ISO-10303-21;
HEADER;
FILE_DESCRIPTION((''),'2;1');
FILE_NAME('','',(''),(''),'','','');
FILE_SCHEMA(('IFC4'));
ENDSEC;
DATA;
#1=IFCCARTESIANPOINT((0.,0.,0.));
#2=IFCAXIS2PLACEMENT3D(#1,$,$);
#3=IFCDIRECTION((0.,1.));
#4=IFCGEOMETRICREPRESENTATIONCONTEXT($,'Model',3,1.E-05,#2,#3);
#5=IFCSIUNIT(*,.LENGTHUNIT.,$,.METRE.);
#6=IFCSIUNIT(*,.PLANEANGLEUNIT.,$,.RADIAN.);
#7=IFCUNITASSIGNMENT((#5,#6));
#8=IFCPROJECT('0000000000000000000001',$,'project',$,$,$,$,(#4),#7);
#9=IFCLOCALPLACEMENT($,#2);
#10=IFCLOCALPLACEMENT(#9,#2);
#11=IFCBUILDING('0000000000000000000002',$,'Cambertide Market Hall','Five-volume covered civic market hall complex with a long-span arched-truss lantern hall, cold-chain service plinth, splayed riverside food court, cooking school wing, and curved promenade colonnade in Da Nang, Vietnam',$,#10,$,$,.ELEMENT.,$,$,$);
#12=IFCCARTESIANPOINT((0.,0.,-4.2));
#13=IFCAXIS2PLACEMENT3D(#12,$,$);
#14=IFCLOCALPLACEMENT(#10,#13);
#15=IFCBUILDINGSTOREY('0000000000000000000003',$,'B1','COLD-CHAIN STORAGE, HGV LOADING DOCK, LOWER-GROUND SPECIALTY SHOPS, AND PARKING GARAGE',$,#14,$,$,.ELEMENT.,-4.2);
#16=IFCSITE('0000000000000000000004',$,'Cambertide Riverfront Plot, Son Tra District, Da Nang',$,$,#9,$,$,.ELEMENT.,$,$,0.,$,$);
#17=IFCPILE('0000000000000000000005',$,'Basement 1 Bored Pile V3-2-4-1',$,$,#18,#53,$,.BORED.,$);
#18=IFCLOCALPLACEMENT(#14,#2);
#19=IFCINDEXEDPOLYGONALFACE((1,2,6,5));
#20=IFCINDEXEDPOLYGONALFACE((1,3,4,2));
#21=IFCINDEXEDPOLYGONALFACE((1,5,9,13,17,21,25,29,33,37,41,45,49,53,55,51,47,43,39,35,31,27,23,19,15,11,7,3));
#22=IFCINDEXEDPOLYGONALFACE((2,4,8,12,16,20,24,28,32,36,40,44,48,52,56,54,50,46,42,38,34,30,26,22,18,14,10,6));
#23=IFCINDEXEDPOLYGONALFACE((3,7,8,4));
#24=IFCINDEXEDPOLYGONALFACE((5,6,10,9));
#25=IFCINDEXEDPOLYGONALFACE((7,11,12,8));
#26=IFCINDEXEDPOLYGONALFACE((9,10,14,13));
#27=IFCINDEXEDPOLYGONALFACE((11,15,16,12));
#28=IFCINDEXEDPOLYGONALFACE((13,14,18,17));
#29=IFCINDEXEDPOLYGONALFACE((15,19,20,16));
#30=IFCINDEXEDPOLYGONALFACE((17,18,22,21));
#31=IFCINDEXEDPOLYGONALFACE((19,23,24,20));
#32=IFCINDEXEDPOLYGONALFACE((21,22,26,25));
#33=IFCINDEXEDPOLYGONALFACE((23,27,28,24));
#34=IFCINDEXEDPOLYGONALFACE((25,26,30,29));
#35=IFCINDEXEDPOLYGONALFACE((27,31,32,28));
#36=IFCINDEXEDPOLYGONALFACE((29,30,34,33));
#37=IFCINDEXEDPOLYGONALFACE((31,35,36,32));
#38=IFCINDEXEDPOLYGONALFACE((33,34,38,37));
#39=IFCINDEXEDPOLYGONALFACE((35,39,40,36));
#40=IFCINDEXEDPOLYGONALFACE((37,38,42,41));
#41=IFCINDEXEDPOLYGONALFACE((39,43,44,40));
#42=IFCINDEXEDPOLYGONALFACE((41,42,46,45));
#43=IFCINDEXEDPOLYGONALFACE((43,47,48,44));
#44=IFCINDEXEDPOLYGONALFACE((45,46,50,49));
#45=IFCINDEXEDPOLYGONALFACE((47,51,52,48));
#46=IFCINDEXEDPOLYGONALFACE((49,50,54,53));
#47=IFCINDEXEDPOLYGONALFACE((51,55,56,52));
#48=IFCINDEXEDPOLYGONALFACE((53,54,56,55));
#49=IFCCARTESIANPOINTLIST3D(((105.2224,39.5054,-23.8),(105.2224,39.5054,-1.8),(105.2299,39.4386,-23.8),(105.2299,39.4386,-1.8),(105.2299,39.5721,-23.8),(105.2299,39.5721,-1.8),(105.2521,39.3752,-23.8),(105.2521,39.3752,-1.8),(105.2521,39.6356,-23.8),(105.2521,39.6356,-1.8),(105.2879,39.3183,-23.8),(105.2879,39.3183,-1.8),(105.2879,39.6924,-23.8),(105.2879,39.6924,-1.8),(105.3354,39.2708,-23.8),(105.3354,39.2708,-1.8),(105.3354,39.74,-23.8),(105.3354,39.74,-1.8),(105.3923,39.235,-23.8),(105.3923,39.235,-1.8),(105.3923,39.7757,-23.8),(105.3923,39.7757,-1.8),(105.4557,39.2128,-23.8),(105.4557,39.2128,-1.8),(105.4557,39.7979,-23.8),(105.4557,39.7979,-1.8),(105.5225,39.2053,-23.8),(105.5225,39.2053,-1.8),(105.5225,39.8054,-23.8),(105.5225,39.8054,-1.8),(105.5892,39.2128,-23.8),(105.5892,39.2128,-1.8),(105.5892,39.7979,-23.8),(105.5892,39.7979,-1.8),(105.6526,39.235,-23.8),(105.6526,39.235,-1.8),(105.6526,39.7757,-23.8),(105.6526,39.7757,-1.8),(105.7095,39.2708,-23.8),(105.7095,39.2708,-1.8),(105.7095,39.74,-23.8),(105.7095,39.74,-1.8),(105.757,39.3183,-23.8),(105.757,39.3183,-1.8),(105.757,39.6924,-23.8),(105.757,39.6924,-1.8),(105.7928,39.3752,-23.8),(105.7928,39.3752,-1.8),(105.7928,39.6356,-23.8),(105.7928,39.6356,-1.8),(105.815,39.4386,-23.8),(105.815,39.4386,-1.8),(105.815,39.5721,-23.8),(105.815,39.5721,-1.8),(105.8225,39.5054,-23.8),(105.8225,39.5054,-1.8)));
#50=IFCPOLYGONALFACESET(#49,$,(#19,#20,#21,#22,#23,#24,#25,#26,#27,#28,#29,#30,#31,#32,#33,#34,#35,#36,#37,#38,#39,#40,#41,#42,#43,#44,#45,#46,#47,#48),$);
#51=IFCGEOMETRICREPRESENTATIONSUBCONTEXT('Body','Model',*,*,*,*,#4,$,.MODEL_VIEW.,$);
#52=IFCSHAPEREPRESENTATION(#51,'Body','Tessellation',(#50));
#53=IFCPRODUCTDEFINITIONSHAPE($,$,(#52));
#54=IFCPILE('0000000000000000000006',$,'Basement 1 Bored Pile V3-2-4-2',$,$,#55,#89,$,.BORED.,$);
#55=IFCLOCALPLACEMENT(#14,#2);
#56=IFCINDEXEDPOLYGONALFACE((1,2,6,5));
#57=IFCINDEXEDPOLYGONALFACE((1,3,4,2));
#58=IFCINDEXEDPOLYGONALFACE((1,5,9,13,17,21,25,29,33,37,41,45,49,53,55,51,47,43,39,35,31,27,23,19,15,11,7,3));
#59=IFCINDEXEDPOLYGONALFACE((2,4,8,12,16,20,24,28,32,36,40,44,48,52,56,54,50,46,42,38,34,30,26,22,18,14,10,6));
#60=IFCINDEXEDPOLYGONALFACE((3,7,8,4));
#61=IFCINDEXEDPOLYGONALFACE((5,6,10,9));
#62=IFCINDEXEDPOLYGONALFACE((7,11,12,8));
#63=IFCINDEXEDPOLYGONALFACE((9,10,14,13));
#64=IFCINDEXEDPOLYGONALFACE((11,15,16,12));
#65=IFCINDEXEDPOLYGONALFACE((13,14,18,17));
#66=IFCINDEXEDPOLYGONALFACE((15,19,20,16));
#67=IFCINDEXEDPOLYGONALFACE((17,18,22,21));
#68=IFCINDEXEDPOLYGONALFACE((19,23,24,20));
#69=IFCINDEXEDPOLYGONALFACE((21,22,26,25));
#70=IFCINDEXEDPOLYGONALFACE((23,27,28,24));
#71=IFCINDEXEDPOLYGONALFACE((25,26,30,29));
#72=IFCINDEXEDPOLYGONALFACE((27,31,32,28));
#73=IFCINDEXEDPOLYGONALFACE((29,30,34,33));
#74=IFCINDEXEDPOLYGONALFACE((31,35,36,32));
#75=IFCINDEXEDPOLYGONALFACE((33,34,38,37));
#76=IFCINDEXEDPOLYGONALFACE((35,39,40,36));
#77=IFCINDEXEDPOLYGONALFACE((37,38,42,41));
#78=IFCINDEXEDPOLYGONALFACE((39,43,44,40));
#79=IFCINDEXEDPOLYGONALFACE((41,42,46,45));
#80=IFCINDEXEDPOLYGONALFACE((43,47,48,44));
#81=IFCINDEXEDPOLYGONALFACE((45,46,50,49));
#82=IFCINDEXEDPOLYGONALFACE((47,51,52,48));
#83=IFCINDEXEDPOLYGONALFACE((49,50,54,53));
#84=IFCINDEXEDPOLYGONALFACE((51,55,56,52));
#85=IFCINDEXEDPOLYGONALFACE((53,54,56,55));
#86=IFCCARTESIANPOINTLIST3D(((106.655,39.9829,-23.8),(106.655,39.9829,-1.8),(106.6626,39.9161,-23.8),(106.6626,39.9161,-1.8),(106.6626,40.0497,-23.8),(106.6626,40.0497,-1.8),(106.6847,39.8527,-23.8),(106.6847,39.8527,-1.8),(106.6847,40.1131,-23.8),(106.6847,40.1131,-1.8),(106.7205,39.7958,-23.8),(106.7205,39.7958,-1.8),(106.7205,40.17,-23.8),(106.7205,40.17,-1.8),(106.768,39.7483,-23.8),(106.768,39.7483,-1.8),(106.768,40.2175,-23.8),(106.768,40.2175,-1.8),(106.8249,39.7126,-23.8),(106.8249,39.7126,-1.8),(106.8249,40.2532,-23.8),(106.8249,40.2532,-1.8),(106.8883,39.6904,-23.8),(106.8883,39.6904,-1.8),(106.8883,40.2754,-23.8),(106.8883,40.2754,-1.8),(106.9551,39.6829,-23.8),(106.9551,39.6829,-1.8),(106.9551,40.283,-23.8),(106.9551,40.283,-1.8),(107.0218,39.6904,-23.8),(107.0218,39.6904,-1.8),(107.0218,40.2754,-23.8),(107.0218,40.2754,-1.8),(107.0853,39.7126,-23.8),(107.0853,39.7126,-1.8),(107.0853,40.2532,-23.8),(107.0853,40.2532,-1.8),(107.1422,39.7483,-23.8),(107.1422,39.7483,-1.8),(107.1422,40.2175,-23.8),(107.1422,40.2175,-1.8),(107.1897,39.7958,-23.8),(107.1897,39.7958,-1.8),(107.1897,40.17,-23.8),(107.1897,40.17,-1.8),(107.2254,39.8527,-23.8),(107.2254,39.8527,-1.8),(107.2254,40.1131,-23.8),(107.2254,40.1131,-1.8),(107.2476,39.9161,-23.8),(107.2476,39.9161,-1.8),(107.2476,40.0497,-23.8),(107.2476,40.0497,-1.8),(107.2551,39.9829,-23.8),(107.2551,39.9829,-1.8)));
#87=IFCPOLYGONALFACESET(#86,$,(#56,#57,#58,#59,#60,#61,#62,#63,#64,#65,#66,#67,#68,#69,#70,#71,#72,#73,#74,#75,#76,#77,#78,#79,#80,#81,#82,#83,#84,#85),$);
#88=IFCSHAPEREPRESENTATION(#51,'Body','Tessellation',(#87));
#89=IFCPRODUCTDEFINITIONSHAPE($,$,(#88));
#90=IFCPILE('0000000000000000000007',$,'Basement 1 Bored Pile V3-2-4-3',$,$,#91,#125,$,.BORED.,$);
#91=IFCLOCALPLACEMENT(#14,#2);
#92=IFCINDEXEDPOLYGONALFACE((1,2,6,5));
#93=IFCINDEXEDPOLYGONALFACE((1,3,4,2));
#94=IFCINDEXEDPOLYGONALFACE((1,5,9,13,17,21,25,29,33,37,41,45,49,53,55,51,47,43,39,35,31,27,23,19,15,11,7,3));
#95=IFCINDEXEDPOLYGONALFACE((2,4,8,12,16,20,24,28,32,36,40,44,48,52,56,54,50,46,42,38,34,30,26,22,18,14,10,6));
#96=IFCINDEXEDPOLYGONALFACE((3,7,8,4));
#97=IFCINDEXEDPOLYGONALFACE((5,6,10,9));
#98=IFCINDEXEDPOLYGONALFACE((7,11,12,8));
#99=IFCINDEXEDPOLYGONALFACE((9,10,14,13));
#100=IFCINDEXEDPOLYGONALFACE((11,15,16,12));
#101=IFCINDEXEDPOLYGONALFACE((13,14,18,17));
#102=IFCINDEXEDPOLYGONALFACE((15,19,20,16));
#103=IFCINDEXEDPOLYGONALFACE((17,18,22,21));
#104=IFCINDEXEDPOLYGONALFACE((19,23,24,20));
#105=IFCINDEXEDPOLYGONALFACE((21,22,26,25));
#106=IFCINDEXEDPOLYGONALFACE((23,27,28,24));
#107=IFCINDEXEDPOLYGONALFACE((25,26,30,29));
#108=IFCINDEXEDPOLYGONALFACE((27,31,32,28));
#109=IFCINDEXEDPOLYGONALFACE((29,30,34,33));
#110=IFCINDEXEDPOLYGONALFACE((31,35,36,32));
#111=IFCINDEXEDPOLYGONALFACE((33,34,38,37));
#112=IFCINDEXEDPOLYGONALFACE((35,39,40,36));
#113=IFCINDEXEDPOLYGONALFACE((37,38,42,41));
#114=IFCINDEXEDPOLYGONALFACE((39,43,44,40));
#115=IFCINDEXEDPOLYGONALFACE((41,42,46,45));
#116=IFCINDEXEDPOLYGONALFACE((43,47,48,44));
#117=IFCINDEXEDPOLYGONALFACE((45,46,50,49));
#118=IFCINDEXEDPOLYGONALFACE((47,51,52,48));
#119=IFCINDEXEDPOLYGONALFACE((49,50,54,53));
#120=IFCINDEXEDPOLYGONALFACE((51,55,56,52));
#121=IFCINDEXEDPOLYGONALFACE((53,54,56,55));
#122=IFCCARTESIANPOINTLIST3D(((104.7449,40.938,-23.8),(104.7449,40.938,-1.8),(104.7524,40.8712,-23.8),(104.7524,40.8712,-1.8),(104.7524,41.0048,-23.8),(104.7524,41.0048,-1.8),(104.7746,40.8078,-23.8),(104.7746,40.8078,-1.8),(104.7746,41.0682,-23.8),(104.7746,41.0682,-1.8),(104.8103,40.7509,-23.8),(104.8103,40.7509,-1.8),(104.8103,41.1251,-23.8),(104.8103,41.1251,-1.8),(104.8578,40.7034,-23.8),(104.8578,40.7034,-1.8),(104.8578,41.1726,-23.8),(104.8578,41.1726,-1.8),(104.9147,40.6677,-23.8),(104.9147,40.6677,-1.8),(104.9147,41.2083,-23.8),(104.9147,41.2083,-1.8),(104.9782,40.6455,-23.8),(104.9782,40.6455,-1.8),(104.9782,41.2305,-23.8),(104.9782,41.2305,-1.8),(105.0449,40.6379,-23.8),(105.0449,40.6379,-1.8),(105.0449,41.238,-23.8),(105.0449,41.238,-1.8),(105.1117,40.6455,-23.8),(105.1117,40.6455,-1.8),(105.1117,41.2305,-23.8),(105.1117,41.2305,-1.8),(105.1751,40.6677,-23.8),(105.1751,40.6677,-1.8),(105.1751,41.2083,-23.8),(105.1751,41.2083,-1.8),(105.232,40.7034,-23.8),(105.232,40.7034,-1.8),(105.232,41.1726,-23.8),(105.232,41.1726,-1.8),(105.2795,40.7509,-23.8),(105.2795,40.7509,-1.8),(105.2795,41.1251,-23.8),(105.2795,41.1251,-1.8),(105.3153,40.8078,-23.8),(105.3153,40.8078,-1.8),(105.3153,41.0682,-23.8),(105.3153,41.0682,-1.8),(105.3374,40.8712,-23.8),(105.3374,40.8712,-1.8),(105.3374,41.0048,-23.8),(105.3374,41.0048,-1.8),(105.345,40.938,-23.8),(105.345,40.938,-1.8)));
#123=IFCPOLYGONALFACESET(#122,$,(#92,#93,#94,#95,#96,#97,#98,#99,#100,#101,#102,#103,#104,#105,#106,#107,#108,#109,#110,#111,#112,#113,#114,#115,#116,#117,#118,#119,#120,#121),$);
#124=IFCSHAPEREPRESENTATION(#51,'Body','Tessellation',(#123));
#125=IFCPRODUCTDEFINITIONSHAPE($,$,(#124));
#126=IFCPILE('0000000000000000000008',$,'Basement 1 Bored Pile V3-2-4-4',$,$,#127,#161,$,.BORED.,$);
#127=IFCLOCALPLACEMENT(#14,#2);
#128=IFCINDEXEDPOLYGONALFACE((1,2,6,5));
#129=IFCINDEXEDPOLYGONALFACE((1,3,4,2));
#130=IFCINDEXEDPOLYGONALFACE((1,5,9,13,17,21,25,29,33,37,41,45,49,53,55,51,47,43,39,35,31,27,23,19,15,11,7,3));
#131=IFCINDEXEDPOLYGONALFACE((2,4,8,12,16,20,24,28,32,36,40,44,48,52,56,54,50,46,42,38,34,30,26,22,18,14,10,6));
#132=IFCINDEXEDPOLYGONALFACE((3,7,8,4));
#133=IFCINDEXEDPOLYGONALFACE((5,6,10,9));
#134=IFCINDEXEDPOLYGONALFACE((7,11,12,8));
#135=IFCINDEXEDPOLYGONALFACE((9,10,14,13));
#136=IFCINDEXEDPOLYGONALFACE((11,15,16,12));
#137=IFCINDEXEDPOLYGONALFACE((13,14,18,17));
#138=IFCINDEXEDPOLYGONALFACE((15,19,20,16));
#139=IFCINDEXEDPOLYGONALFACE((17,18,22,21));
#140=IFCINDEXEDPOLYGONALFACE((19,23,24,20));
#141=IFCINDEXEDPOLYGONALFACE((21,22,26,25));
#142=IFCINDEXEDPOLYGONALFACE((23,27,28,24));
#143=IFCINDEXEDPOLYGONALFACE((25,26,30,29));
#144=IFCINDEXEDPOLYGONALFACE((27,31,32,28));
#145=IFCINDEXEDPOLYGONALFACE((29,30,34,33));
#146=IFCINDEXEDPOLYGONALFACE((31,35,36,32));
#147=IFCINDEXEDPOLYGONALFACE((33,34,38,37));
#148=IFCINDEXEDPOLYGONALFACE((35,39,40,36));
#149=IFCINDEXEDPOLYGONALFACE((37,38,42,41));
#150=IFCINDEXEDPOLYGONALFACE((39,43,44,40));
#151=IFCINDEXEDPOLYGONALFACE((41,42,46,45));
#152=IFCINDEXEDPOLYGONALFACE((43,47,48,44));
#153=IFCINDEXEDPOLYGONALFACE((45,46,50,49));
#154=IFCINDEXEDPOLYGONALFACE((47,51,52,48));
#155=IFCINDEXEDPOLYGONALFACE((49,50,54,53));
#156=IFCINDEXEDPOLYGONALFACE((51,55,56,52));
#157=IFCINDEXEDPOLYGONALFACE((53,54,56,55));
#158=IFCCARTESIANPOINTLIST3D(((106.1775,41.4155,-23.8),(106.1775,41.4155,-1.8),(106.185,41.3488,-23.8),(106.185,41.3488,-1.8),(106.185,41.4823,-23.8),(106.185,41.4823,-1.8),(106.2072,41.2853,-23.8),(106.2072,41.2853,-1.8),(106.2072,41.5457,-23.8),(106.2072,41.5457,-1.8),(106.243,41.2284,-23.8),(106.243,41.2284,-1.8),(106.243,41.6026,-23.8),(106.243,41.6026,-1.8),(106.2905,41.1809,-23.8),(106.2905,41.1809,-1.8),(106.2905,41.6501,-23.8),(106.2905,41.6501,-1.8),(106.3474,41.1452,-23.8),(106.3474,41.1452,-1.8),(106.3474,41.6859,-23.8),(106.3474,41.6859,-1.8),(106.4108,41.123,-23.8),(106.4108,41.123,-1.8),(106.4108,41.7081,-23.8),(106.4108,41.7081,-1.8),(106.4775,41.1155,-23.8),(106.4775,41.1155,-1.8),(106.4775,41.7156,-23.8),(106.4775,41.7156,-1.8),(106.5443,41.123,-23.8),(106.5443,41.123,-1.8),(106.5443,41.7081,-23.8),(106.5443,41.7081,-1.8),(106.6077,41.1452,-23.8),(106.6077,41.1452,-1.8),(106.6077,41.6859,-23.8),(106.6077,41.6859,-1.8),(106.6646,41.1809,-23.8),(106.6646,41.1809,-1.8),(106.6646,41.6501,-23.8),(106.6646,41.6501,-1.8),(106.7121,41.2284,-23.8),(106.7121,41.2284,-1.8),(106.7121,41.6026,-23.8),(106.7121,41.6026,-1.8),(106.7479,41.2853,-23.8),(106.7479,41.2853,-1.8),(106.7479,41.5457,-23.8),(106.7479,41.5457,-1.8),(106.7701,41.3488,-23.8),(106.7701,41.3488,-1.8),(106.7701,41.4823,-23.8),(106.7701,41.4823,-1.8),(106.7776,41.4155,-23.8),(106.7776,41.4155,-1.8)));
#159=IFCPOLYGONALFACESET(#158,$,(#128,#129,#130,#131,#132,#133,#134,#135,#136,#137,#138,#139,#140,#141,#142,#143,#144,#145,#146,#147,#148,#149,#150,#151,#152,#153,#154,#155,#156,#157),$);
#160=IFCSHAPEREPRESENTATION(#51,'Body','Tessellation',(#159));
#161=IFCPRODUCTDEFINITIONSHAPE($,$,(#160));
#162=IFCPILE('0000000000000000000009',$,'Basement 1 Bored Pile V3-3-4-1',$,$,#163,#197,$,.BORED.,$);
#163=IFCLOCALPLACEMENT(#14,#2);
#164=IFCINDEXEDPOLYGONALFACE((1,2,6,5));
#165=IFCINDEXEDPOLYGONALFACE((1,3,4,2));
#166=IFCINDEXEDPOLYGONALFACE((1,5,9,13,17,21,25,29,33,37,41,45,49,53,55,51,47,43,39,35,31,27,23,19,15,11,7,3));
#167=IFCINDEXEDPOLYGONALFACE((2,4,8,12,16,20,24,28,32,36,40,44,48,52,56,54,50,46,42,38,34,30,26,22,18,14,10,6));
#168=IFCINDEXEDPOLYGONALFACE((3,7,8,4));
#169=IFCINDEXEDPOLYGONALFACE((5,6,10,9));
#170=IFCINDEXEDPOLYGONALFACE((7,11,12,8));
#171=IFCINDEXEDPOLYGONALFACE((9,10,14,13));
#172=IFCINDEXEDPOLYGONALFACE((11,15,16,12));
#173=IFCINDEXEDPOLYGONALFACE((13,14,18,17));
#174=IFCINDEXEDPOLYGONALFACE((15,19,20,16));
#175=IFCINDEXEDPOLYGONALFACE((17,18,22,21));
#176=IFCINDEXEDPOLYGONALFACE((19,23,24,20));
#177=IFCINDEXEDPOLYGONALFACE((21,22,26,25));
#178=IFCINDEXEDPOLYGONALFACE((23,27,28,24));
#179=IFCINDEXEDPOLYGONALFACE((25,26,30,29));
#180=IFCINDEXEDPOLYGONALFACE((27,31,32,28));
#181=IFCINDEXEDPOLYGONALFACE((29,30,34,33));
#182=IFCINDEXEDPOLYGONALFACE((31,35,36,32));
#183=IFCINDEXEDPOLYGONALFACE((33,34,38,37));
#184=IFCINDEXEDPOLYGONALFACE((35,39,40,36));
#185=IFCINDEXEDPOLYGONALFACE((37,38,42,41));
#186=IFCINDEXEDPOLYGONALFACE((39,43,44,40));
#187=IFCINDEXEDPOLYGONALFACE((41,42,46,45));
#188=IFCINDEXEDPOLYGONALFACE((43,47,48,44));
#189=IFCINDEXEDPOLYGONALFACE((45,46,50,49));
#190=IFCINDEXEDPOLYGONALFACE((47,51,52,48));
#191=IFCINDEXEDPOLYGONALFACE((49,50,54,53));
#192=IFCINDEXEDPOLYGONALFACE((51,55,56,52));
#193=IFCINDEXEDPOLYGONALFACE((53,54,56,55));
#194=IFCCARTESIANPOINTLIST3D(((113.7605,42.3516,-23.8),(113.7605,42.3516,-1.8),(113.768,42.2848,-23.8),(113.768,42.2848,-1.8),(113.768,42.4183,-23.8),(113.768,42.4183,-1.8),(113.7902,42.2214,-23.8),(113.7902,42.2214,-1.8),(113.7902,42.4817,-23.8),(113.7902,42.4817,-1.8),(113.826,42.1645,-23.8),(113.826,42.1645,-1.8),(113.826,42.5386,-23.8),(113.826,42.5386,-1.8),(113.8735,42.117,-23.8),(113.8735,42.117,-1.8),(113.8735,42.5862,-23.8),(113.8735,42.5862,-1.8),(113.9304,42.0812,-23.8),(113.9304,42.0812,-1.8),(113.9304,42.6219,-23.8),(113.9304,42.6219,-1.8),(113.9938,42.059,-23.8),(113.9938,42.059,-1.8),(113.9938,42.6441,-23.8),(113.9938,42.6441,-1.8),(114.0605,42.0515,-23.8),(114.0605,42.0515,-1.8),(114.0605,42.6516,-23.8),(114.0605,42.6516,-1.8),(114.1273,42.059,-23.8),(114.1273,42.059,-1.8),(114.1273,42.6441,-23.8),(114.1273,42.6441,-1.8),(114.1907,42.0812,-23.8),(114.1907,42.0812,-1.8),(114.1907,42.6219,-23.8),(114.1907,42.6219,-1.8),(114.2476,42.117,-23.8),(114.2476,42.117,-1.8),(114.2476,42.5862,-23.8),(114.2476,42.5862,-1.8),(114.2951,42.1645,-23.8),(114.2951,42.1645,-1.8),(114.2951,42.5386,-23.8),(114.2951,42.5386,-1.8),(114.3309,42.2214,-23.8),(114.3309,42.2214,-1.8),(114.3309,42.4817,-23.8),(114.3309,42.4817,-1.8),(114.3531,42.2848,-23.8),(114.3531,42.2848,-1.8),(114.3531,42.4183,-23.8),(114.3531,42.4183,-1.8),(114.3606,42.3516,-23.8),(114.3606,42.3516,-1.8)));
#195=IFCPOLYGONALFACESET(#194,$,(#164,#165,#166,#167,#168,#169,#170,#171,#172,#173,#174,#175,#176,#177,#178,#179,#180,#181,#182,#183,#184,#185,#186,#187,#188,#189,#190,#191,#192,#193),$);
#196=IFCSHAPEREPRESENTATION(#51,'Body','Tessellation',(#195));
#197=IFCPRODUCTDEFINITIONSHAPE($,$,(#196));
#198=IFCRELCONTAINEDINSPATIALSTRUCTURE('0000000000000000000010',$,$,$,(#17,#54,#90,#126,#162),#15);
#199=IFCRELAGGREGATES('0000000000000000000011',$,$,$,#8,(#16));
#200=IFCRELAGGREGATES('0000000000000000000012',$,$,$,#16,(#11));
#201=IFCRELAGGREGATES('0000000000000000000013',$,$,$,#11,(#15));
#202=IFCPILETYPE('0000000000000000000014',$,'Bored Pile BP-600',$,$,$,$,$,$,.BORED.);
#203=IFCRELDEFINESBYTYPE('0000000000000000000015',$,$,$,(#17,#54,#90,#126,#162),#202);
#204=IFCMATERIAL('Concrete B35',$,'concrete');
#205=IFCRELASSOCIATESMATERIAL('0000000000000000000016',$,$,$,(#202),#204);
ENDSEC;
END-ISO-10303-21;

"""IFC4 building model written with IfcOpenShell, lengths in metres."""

from ifc_helpers import new_model, si_unit, direction, frame, origin, origin_2d, place, context, subcontext, project, spatial, circle, extrude, material, material_profile, profile_set, type_object, element, save


model = new_model("IFC4")

# Units and contexts
model_context = context("Model", 3, precision=1e-05, world=origin(), true_north=direction((0.0, 1.0)))
body_context = subcontext(model_context, "Body", "Model", "MODEL_VIEW")
ifc_project = project(units=[si_unit("LENGTHUNIT", "METRE"), si_unit("PLANEANGLEUNIT", "RADIAN")], contexts=[model_context])

# Site, building, storey
site_placement = place(None, origin())
site = spatial("IfcSite", under=ifc_project, at=site_placement, Name="Cambertide Riverfront Plot, Son Tra District, Da Nang", CompositionType="ELEMENT", RefElevation=0.0)
building_placement = place(site_placement, origin())
building = spatial("IfcBuilding", under=site, at=building_placement, Name="Cambertide Market Hall", Description="Five-volume covered civic market hall complex with a long-span arched-truss lantern hall, cold-chain service plinth, splayed riverside food court, cooking school wing, and curved promenade colonnade in Da Nang, Vietnam", CompositionType="ELEMENT")
storey_placement = place(building_placement, frame((0.0, 0.0, -4.2)))
storey = spatial("IfcBuildingStorey", under=building, at=storey_placement, Name="B1", Description="COLD-CHAIN STORAGE, HGV LOADING DOCK, LOWER-GROUND SPECIALTY SHOPS, AND PARKING GARAGE", CompositionType="ELEMENT", Elevation=-4.2)

# Piles
ifc_material_1 = material(Name="Concrete B35", Category="concrete")
ifc_material_profile_1 = material_profile(ifc_material_1, circle(Radius=0.3, at=origin_2d()), Name="BP D600")
ifc_profile_set_1 = profile_set([ifc_material_profile_1], Name="Concrete B35")
pile_type = type_object("IfcPileType", Name="Bored Pile BP-600", PredefinedType="BORED", material=ifc_profile_set_1)
for number, where, z_axis, x_axis, name in (
    (1, (105.5225, 39.5054, -1.8), (0.0, 0.0, -1.0), (1.0, 0.0, 0.0), "Basement 1 Bored Pile V3-2-4-1"),
    (2, (106.9551, 39.9829, -1.8), (0.0, 0.0, -1.0), (1.0, 0.0, 0.0), "Basement 1 Bored Pile V3-2-4-2"),
    (3, (105.0449, 40.938, -1.8), (0.0, 0.0, -1.0), (1.0, 0.0, 0.0), "Basement 1 Bored Pile V3-2-4-3"),
    (4, (106.4775, 41.4155, -1.8), (0.0, 0.0, -1.0), (1.0, 0.0, 0.0), "Basement 1 Bored Pile V3-2-4-4"),
    (5, (114.0605, 42.3516, -1.8), (0.0, 0.0, -1.0), (1.0, 0.0, 0.0), "Basement 1 Bored Pile V3-3-4-1"),
):
    element("IfcPile", number, at=place(storey_placement, frame(where, z_axis=z_axis, x_axis=x_axis)), inside=storey, type_object=pile_type, Name=name, PredefinedType="BORED", context=body_context, shape_type="SweptSolid", body=[
        extrude(circle(Radius=0.3, at=origin_2d()), origin(), (0.0, 0.0, 1.0), 22.0),
    ])

save(model, "model.ifc")
